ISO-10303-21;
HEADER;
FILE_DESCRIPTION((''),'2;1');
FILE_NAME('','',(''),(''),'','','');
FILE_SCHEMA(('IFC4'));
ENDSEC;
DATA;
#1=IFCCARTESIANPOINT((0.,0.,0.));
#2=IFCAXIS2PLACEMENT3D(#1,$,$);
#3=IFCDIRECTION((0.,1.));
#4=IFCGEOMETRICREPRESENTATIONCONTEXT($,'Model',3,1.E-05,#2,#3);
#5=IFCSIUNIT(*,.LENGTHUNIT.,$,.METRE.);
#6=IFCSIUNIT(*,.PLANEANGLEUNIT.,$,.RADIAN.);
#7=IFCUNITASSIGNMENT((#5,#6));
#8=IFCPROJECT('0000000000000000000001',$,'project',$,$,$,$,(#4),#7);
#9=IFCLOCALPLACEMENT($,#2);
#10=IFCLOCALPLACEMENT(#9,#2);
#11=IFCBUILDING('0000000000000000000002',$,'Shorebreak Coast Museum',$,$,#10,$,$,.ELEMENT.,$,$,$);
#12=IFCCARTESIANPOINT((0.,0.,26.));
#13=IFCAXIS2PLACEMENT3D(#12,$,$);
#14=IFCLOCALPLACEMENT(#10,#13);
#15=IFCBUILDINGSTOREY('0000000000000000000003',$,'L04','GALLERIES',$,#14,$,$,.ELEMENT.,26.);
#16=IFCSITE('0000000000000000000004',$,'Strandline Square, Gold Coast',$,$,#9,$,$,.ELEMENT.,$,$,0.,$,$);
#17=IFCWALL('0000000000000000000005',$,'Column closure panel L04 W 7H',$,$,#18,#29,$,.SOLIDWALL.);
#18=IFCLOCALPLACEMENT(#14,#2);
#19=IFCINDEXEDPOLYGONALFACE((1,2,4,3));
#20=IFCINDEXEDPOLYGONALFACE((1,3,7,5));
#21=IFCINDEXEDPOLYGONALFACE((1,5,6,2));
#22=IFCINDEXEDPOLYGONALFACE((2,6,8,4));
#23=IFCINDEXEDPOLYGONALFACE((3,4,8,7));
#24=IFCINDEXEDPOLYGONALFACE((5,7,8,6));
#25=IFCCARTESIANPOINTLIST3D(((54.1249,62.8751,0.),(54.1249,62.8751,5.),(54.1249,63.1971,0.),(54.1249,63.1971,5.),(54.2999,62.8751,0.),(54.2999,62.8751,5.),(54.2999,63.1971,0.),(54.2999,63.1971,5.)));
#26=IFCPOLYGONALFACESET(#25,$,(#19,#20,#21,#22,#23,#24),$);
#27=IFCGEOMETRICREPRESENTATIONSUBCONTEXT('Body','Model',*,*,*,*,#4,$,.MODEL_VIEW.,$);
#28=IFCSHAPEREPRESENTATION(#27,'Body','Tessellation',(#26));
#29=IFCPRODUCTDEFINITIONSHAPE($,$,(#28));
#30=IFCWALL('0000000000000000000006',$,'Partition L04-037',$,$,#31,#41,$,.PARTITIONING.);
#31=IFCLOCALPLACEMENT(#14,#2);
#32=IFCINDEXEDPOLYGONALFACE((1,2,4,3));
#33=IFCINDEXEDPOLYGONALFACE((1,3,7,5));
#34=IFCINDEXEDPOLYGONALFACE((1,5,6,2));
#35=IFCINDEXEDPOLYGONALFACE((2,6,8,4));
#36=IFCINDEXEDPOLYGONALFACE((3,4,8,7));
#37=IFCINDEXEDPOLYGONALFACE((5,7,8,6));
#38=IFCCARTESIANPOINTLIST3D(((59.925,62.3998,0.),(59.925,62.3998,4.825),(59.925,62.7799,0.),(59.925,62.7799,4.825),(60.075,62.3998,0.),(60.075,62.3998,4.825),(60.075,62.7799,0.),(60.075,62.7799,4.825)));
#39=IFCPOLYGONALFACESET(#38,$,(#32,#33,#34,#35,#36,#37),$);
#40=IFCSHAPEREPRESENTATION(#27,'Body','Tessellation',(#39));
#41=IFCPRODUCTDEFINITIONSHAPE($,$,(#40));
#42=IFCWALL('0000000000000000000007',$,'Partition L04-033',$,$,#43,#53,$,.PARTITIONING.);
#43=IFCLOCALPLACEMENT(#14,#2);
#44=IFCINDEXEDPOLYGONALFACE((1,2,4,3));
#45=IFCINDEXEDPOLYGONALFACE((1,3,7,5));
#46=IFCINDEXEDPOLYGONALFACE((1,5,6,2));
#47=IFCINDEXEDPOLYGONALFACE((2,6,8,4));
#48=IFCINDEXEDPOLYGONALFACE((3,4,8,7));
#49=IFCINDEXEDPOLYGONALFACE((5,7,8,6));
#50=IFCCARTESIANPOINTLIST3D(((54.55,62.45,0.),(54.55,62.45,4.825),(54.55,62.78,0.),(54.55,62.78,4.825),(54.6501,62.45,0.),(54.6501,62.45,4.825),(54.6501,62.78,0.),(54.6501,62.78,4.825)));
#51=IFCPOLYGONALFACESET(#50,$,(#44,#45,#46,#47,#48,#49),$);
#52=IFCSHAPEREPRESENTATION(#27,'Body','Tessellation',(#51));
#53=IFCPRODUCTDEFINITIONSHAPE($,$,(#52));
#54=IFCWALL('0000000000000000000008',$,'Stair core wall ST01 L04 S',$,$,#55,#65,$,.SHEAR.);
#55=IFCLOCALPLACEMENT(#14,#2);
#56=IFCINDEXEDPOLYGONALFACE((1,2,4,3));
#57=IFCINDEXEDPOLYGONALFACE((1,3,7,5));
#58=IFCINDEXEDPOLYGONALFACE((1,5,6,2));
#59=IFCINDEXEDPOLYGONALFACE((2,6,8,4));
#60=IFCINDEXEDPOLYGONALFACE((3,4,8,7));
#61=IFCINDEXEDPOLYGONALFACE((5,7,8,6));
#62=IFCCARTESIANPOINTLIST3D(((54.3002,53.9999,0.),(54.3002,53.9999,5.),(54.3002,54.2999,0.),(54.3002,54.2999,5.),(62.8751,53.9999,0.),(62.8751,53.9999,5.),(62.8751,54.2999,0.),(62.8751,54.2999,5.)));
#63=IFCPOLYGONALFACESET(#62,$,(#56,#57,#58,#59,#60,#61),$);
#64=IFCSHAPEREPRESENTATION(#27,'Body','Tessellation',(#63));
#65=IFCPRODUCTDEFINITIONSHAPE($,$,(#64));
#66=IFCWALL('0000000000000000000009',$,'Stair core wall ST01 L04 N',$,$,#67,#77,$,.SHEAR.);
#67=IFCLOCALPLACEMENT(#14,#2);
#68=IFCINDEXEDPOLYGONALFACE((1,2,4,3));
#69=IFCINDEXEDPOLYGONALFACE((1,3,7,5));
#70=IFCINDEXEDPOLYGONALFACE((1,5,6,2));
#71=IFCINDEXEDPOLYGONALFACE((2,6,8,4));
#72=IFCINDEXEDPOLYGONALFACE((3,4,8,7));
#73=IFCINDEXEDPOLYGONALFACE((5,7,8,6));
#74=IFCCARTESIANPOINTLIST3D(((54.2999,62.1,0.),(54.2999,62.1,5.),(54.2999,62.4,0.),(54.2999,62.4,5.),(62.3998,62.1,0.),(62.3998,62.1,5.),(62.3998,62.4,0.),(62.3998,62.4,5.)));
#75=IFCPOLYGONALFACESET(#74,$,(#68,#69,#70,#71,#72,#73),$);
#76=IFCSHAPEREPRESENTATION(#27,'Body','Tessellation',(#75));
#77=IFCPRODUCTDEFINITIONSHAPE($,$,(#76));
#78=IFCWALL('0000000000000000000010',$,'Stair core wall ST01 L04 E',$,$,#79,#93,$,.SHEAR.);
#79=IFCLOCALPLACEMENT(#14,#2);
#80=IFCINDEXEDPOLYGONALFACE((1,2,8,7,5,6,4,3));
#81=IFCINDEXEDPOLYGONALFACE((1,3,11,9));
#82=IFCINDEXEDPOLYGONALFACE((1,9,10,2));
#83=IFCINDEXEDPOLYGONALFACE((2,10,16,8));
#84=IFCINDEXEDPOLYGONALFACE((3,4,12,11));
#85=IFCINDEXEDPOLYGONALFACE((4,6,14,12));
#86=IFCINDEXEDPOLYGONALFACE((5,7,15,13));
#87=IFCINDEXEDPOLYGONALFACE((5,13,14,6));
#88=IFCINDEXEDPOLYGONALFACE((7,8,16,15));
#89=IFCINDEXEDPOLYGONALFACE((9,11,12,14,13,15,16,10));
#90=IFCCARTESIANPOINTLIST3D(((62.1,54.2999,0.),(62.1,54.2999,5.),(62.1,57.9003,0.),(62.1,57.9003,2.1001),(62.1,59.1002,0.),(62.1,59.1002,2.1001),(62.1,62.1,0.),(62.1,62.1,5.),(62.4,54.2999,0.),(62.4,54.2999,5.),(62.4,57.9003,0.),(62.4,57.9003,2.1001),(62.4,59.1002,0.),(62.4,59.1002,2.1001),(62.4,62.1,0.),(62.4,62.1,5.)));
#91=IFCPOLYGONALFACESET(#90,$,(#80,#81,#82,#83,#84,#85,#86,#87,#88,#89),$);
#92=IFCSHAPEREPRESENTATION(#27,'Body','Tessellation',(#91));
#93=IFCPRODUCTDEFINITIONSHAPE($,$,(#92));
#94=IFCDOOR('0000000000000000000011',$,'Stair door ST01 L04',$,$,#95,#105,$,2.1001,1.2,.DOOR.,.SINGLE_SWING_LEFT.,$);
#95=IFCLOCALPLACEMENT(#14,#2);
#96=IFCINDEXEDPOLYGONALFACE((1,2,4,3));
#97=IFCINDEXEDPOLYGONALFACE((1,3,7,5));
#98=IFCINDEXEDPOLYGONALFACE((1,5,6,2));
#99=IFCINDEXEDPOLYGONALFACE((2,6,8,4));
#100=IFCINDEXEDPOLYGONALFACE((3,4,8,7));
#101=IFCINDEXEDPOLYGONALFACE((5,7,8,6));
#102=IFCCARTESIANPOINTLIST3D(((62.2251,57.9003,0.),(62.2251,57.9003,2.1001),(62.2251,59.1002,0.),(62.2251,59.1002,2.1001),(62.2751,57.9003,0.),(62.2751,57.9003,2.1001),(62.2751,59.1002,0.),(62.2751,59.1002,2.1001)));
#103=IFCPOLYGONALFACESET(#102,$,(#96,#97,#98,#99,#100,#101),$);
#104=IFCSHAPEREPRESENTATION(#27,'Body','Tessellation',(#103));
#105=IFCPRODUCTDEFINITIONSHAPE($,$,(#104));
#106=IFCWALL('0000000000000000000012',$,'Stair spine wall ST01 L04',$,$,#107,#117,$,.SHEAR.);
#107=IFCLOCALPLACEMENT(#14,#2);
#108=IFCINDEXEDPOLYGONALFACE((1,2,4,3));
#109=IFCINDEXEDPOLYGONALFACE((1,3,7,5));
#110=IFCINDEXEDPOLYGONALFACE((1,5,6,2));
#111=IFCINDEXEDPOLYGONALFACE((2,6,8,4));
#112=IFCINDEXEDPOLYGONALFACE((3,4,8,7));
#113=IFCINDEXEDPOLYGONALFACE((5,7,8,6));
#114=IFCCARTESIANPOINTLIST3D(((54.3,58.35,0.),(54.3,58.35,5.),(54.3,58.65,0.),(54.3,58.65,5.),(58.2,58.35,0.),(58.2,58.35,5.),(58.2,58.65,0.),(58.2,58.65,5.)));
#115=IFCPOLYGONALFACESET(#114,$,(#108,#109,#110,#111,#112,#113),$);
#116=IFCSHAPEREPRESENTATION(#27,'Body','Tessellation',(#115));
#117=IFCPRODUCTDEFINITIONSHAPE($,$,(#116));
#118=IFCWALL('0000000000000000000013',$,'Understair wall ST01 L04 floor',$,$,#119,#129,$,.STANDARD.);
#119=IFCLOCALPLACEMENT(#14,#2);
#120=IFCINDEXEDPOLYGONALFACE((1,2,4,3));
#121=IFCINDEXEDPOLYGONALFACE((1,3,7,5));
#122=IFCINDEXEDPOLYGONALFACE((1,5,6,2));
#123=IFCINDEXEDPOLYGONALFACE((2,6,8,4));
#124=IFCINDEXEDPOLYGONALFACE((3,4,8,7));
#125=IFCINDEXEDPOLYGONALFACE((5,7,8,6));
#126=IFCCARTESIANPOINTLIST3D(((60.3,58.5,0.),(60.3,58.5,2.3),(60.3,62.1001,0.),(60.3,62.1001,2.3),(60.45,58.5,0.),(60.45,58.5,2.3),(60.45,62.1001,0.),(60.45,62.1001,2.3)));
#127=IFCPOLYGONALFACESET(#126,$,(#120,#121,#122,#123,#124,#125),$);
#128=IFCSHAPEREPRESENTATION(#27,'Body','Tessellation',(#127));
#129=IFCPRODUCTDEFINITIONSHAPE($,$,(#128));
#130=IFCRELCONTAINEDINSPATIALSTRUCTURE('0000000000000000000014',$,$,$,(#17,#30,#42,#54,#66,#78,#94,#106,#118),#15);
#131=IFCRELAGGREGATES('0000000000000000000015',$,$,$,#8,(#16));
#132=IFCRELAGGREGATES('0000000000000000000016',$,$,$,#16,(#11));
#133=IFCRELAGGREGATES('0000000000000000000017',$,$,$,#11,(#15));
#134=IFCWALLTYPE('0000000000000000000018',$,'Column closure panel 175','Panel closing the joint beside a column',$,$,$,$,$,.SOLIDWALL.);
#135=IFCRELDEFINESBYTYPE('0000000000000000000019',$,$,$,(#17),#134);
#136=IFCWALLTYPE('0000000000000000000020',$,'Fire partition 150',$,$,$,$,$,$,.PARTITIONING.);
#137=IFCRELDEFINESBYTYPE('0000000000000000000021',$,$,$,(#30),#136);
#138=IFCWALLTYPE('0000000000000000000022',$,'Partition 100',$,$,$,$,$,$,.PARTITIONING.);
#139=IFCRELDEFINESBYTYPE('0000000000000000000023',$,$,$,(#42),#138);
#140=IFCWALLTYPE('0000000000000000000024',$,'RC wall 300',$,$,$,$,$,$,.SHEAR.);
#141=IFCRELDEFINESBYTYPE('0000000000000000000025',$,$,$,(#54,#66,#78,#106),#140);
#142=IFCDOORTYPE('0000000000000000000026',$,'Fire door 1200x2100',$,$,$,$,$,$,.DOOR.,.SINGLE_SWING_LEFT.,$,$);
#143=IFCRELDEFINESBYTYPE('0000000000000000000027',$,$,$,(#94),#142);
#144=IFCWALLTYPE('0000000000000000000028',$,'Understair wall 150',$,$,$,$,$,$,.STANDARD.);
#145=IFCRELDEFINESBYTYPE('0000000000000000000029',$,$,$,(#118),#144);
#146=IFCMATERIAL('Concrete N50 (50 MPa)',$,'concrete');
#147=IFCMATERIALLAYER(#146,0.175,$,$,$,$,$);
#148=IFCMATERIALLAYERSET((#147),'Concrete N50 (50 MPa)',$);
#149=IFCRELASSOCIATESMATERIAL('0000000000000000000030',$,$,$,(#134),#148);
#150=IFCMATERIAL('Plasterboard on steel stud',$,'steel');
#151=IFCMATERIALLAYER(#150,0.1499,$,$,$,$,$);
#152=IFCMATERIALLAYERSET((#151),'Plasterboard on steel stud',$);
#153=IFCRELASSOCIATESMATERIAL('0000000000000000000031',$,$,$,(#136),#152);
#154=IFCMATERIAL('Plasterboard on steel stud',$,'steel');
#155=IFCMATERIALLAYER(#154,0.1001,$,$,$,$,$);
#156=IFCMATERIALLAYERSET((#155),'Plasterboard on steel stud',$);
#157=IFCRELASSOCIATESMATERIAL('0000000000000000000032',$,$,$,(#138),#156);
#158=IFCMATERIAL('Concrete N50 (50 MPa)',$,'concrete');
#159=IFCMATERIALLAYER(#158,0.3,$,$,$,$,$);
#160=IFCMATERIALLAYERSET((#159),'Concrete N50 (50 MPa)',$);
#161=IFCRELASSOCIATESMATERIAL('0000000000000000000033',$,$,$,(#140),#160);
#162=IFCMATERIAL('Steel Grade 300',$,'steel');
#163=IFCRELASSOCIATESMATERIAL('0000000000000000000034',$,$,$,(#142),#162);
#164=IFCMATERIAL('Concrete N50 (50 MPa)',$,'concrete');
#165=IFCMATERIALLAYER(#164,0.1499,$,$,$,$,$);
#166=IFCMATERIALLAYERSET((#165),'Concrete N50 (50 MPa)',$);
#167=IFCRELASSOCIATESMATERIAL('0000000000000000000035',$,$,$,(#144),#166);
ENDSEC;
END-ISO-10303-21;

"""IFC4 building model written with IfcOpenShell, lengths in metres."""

from ifc_helpers import new_model, si_unit, direction, frame, frame_2d, origin, place, context, subcontext, project, spatial, rectangle, extrude, material, layer, layer_set, type_object, element, fill, save


model = new_model("IFC4")

# Units and contexts
model_context = context("Model", 3, precision=1e-05, world=origin(), true_north=direction((0.0, 1.0)))
body_context = subcontext(model_context, "Body", "Model", "MODEL_VIEW")
ifc_project = project(units=[si_unit("LENGTHUNIT", "METRE"), si_unit("PLANEANGLEUNIT", "RADIAN")], contexts=[model_context])

# Site, building, storey
site_placement = place(None, origin())
site = spatial("IfcSite", under=ifc_project, at=site_placement, Name="Strandline Square, Gold Coast", CompositionType="ELEMENT", RefElevation=0.0)
building_placement = place(site_placement, origin())
building = spatial("IfcBuilding", under=site, at=building_placement, Name="Shorebreak Coast Museum", CompositionType="ELEMENT")
storey_placement = place(building_placement, frame((0.0, 0.0, 26.0)))
storey = spatial("IfcBuildingStorey", under=building, at=storey_placement, Name="L04", Description="GALLERIES", CompositionType="ELEMENT", Elevation=26.0)

# Walls
ifc_material_1 = material(Name="Concrete N50 (50 MPa)", Category="concrete")
ifc_layer_1 = layer(ifc_material_1, 0.175)
ifc_layer_set_1 = layer_set([ifc_layer_1], Name="Concrete N50 (50 MPa)")
wall_type_1 = type_object("IfcWallType", Name="Column closure panel 175", Description="Panel closing the joint beside a column", PredefinedType="SOLIDWALL", material=ifc_layer_set_1)
for number, where, z_axis, x_axis, name in (
    (1, (54.2124, 62.875, 0.0), (0.0, 0.0, 1.0), (0.0, 1.0, 0.0), "Column closure panel L04 W 7H"),
):
    element("IfcWall", number, at=place(storey_placement, frame(where, z_axis=z_axis, x_axis=x_axis)), inside=storey, type_object=wall_type_1, Name=name, PredefinedType="SOLIDWALL", context=body_context, shape_type="SweptSolid", body=[
        extrude(rectangle(XDim=0.322, YDim=0.175, at=frame_2d((0.1611, 0.0))), origin(), (0.0, 0.0, 1.0), 5.0),
    ])
ifc_material_2 = material(Name="Plasterboard on steel stud", Category="steel")
ifc_layer_2 = layer(ifc_material_2, 0.1499)
ifc_layer_set_2 = layer_set([ifc_layer_2], Name="Plasterboard on steel stud")
wall_type_2 = type_object("IfcWallType", Name="Fire partition 150", PredefinedType="PARTITIONING", material=ifc_layer_set_2)
wall_1_placement = place(storey_placement, frame((60.0, 62.3999, 0.0), z_axis=(0.0, 0.0, 1.0), x_axis=(0.0, 1.0, 0.0)))
element("IfcWall", 2, at=wall_1_placement, inside=storey, type_object=wall_type_2, Name="Partition L04-037", PredefinedType="PARTITIONING", context=body_context, shape_type="SweptSolid", body=[
    extrude(rectangle(XDim=0.3801, YDim=0.1499, at=frame_2d((0.1899, 0.0))), origin(), (0.0, 0.0, 1.0), 4.825),
])
ifc_material_3 = material(Name="Plasterboard on steel stud", Category="steel")
ifc_layer_3 = layer(ifc_material_3, 0.1001)
ifc_layer_set_3 = layer_set([ifc_layer_3], Name="Plasterboard on steel stud")
wall_type_3 = type_object("IfcWallType", Name="Partition 100", PredefinedType="PARTITIONING", material=ifc_layer_set_3)
wall_2_placement = place(storey_placement, frame((54.6001, 62.45, 0.0), z_axis=(0.0, 0.0, 1.0), x_axis=(0.0, 1.0, 0.0)))
element("IfcWall", 3, at=wall_2_placement, inside=storey, type_object=wall_type_3, Name="Partition L04-033", PredefinedType="PARTITIONING", context=body_context, shape_type="SweptSolid", body=[
    extrude(rectangle(XDim=0.3301, YDim=0.1001, at=frame_2d((0.165, 0.0))), origin(), (0.0, 0.0, 1.0), 4.825),
])
ifc_material_4 = material(Name="Concrete N50 (50 MPa)", Category="concrete")
ifc_layer_4 = layer(ifc_material_4, 0.3)
ifc_layer_set_4 = layer_set([ifc_layer_4], Name="Concrete N50 (50 MPa)")
wall_type_4 = type_object("IfcWallType", Name="RC wall 300", PredefinedType="SHEAR", material=ifc_layer_set_4)
wall_3_placement = place(storey_placement, frame((54.3, 54.1499, 0.0), z_axis=(0.0, 0.0, 1.0), x_axis=(1.0, 0.0, 0.0)))
element("IfcWall", 4, at=wall_3_placement, inside=storey, type_object=wall_type_4, Name="Stair core wall ST01 L04 S", PredefinedType="SHEAR", context=body_context, shape_type="SweptSolid", body=[
    extrude(rectangle(XDim=8.575, YDim=0.3, at=frame_2d((4.2876, 0.0))), origin(), (0.0, 0.0, 1.0), 5.0),
])
wall_4_placement = place(storey_placement, frame((54.3, 62.25, 0.0), z_axis=(0.0, 0.0, 1.0), x_axis=(1.0, 0.0, 0.0)))
element("IfcWall", 5, at=wall_4_placement, inside=storey, type_object=wall_type_4, Name="Stair core wall ST01 L04 N", PredefinedType="SHEAR", context=body_context, shape_type="SweptSolid", body=[
    extrude(rectangle(XDim=8.0999, YDim=0.3, at=frame_2d((4.0498, 0.0))), origin(), (0.0, 0.0, 1.0), 5.0),
])

# Wall, opening, door
wall_5_placement = place(storey_placement, frame((62.25, 54.3, 0.0), z_axis=(0.0, 0.0, 1.0), x_axis=(0.0, 1.0, 0.0)))
wall_5 = element("IfcWall", 6, at=wall_5_placement, inside=storey, type_object=wall_type_4, Name="Stair core wall ST01 L04 E", PredefinedType="SHEAR", context=body_context, shape_type="SweptSolid", body=[
    extrude(rectangle(XDim=7.8, YDim=0.3, at=frame_2d((3.8999, 0.0))), origin(), (0.0, 0.0, 1.0), 5.0),
])
opening_placement = place(wall_5_placement, frame((3.6001, 0.0, 0.0)))
opening = element("IfcOpeningElement", 7, at=opening_placement, cuts=wall_5, PredefinedType="OPENING", context=body_context, shape_type="SweptSolid", body=[
    extrude(rectangle(XDim=1.2, YDim=2.1001, at=frame_2d((0.6001, 1.05))), frame((0.0, 0.1599, 0.0), z_axis=(0.0, -1.0, 0.0), x_axis=(1.0, 0.0, 0.0)), (0.0, 0.0, 1.0), 0.3201),
])
ifc_material_5 = material(Name="Steel Grade 300", Category="steel")
door_type = type_object("IfcDoorType", Name="Fire door 1200x2100", OperationType="SINGLE_SWING_LEFT", PredefinedType="DOOR", material=ifc_material_5)
door_placement = place(opening_placement, origin())
door = element("IfcDoor", 8, at=door_placement, inside=storey, type_object=door_type, Name="Stair door ST01 L04", OperationType="SINGLE_SWING_LEFT", OverallHeight=2.1001, OverallWidth=1.2, PredefinedType="DOOR", context=body_context, shape_type="SweptSolid", body=[
    extrude(rectangle(XDim=1.2, YDim=2.1001, at=frame_2d((0.6001, 1.05))), frame((0.0, 0.0249, 0.0), z_axis=(0.0, -1.0, 0.0), x_axis=(1.0, 0.0, 0.0)), (0.0, 0.0, 1.0), 0.05),
])
fill(opening, door)

# Walls
wall_6_placement = place(storey_placement, frame((58.2, 58.5, 0.0), z_axis=(0.0, 0.0, 1.0), x_axis=(-1.0, 0.0, 0.0)))
element("IfcWall", 9, at=wall_6_placement, inside=storey, type_object=wall_type_4, Name="Stair spine wall ST01 L04", PredefinedType="SHEAR", context=body_context, shape_type="SweptSolid", body=[
    extrude(rectangle(XDim=3.8999, YDim=0.3, at=frame_2d((1.95, 0.0))), origin(), (0.0, 0.0, 1.0), 5.0),
])
ifc_material_6 = material(Name="Concrete N50 (50 MPa)", Category="concrete")
ifc_layer_5 = layer(ifc_material_6, 0.1499)
ifc_layer_set_5 = layer_set([ifc_layer_5], Name="Concrete N50 (50 MPa)")
wall_type_5 = type_object("IfcWallType", Name="Understair wall 150", PredefinedType="STANDARD", material=ifc_layer_set_5)
wall_7_placement = place(storey_placement, frame((60.375, 58.5, 0.0), z_axis=(0.0, 0.0, 1.0), x_axis=(0.0, 1.0, 0.0)))
element("IfcWall", 10, at=wall_7_placement, inside=storey, type_object=wall_type_5, Name="Understair wall ST01 L04 floor", PredefinedType="STANDARD", context=body_context, shape_type="SweptSolid", body=[
    extrude(rectangle(XDim=3.6001, YDim=0.1499, at=frame_2d((1.8, 0.0))), origin(), (0.0, 0.0, 1.0), 2.3),
])

save(model, "model.ifc")
